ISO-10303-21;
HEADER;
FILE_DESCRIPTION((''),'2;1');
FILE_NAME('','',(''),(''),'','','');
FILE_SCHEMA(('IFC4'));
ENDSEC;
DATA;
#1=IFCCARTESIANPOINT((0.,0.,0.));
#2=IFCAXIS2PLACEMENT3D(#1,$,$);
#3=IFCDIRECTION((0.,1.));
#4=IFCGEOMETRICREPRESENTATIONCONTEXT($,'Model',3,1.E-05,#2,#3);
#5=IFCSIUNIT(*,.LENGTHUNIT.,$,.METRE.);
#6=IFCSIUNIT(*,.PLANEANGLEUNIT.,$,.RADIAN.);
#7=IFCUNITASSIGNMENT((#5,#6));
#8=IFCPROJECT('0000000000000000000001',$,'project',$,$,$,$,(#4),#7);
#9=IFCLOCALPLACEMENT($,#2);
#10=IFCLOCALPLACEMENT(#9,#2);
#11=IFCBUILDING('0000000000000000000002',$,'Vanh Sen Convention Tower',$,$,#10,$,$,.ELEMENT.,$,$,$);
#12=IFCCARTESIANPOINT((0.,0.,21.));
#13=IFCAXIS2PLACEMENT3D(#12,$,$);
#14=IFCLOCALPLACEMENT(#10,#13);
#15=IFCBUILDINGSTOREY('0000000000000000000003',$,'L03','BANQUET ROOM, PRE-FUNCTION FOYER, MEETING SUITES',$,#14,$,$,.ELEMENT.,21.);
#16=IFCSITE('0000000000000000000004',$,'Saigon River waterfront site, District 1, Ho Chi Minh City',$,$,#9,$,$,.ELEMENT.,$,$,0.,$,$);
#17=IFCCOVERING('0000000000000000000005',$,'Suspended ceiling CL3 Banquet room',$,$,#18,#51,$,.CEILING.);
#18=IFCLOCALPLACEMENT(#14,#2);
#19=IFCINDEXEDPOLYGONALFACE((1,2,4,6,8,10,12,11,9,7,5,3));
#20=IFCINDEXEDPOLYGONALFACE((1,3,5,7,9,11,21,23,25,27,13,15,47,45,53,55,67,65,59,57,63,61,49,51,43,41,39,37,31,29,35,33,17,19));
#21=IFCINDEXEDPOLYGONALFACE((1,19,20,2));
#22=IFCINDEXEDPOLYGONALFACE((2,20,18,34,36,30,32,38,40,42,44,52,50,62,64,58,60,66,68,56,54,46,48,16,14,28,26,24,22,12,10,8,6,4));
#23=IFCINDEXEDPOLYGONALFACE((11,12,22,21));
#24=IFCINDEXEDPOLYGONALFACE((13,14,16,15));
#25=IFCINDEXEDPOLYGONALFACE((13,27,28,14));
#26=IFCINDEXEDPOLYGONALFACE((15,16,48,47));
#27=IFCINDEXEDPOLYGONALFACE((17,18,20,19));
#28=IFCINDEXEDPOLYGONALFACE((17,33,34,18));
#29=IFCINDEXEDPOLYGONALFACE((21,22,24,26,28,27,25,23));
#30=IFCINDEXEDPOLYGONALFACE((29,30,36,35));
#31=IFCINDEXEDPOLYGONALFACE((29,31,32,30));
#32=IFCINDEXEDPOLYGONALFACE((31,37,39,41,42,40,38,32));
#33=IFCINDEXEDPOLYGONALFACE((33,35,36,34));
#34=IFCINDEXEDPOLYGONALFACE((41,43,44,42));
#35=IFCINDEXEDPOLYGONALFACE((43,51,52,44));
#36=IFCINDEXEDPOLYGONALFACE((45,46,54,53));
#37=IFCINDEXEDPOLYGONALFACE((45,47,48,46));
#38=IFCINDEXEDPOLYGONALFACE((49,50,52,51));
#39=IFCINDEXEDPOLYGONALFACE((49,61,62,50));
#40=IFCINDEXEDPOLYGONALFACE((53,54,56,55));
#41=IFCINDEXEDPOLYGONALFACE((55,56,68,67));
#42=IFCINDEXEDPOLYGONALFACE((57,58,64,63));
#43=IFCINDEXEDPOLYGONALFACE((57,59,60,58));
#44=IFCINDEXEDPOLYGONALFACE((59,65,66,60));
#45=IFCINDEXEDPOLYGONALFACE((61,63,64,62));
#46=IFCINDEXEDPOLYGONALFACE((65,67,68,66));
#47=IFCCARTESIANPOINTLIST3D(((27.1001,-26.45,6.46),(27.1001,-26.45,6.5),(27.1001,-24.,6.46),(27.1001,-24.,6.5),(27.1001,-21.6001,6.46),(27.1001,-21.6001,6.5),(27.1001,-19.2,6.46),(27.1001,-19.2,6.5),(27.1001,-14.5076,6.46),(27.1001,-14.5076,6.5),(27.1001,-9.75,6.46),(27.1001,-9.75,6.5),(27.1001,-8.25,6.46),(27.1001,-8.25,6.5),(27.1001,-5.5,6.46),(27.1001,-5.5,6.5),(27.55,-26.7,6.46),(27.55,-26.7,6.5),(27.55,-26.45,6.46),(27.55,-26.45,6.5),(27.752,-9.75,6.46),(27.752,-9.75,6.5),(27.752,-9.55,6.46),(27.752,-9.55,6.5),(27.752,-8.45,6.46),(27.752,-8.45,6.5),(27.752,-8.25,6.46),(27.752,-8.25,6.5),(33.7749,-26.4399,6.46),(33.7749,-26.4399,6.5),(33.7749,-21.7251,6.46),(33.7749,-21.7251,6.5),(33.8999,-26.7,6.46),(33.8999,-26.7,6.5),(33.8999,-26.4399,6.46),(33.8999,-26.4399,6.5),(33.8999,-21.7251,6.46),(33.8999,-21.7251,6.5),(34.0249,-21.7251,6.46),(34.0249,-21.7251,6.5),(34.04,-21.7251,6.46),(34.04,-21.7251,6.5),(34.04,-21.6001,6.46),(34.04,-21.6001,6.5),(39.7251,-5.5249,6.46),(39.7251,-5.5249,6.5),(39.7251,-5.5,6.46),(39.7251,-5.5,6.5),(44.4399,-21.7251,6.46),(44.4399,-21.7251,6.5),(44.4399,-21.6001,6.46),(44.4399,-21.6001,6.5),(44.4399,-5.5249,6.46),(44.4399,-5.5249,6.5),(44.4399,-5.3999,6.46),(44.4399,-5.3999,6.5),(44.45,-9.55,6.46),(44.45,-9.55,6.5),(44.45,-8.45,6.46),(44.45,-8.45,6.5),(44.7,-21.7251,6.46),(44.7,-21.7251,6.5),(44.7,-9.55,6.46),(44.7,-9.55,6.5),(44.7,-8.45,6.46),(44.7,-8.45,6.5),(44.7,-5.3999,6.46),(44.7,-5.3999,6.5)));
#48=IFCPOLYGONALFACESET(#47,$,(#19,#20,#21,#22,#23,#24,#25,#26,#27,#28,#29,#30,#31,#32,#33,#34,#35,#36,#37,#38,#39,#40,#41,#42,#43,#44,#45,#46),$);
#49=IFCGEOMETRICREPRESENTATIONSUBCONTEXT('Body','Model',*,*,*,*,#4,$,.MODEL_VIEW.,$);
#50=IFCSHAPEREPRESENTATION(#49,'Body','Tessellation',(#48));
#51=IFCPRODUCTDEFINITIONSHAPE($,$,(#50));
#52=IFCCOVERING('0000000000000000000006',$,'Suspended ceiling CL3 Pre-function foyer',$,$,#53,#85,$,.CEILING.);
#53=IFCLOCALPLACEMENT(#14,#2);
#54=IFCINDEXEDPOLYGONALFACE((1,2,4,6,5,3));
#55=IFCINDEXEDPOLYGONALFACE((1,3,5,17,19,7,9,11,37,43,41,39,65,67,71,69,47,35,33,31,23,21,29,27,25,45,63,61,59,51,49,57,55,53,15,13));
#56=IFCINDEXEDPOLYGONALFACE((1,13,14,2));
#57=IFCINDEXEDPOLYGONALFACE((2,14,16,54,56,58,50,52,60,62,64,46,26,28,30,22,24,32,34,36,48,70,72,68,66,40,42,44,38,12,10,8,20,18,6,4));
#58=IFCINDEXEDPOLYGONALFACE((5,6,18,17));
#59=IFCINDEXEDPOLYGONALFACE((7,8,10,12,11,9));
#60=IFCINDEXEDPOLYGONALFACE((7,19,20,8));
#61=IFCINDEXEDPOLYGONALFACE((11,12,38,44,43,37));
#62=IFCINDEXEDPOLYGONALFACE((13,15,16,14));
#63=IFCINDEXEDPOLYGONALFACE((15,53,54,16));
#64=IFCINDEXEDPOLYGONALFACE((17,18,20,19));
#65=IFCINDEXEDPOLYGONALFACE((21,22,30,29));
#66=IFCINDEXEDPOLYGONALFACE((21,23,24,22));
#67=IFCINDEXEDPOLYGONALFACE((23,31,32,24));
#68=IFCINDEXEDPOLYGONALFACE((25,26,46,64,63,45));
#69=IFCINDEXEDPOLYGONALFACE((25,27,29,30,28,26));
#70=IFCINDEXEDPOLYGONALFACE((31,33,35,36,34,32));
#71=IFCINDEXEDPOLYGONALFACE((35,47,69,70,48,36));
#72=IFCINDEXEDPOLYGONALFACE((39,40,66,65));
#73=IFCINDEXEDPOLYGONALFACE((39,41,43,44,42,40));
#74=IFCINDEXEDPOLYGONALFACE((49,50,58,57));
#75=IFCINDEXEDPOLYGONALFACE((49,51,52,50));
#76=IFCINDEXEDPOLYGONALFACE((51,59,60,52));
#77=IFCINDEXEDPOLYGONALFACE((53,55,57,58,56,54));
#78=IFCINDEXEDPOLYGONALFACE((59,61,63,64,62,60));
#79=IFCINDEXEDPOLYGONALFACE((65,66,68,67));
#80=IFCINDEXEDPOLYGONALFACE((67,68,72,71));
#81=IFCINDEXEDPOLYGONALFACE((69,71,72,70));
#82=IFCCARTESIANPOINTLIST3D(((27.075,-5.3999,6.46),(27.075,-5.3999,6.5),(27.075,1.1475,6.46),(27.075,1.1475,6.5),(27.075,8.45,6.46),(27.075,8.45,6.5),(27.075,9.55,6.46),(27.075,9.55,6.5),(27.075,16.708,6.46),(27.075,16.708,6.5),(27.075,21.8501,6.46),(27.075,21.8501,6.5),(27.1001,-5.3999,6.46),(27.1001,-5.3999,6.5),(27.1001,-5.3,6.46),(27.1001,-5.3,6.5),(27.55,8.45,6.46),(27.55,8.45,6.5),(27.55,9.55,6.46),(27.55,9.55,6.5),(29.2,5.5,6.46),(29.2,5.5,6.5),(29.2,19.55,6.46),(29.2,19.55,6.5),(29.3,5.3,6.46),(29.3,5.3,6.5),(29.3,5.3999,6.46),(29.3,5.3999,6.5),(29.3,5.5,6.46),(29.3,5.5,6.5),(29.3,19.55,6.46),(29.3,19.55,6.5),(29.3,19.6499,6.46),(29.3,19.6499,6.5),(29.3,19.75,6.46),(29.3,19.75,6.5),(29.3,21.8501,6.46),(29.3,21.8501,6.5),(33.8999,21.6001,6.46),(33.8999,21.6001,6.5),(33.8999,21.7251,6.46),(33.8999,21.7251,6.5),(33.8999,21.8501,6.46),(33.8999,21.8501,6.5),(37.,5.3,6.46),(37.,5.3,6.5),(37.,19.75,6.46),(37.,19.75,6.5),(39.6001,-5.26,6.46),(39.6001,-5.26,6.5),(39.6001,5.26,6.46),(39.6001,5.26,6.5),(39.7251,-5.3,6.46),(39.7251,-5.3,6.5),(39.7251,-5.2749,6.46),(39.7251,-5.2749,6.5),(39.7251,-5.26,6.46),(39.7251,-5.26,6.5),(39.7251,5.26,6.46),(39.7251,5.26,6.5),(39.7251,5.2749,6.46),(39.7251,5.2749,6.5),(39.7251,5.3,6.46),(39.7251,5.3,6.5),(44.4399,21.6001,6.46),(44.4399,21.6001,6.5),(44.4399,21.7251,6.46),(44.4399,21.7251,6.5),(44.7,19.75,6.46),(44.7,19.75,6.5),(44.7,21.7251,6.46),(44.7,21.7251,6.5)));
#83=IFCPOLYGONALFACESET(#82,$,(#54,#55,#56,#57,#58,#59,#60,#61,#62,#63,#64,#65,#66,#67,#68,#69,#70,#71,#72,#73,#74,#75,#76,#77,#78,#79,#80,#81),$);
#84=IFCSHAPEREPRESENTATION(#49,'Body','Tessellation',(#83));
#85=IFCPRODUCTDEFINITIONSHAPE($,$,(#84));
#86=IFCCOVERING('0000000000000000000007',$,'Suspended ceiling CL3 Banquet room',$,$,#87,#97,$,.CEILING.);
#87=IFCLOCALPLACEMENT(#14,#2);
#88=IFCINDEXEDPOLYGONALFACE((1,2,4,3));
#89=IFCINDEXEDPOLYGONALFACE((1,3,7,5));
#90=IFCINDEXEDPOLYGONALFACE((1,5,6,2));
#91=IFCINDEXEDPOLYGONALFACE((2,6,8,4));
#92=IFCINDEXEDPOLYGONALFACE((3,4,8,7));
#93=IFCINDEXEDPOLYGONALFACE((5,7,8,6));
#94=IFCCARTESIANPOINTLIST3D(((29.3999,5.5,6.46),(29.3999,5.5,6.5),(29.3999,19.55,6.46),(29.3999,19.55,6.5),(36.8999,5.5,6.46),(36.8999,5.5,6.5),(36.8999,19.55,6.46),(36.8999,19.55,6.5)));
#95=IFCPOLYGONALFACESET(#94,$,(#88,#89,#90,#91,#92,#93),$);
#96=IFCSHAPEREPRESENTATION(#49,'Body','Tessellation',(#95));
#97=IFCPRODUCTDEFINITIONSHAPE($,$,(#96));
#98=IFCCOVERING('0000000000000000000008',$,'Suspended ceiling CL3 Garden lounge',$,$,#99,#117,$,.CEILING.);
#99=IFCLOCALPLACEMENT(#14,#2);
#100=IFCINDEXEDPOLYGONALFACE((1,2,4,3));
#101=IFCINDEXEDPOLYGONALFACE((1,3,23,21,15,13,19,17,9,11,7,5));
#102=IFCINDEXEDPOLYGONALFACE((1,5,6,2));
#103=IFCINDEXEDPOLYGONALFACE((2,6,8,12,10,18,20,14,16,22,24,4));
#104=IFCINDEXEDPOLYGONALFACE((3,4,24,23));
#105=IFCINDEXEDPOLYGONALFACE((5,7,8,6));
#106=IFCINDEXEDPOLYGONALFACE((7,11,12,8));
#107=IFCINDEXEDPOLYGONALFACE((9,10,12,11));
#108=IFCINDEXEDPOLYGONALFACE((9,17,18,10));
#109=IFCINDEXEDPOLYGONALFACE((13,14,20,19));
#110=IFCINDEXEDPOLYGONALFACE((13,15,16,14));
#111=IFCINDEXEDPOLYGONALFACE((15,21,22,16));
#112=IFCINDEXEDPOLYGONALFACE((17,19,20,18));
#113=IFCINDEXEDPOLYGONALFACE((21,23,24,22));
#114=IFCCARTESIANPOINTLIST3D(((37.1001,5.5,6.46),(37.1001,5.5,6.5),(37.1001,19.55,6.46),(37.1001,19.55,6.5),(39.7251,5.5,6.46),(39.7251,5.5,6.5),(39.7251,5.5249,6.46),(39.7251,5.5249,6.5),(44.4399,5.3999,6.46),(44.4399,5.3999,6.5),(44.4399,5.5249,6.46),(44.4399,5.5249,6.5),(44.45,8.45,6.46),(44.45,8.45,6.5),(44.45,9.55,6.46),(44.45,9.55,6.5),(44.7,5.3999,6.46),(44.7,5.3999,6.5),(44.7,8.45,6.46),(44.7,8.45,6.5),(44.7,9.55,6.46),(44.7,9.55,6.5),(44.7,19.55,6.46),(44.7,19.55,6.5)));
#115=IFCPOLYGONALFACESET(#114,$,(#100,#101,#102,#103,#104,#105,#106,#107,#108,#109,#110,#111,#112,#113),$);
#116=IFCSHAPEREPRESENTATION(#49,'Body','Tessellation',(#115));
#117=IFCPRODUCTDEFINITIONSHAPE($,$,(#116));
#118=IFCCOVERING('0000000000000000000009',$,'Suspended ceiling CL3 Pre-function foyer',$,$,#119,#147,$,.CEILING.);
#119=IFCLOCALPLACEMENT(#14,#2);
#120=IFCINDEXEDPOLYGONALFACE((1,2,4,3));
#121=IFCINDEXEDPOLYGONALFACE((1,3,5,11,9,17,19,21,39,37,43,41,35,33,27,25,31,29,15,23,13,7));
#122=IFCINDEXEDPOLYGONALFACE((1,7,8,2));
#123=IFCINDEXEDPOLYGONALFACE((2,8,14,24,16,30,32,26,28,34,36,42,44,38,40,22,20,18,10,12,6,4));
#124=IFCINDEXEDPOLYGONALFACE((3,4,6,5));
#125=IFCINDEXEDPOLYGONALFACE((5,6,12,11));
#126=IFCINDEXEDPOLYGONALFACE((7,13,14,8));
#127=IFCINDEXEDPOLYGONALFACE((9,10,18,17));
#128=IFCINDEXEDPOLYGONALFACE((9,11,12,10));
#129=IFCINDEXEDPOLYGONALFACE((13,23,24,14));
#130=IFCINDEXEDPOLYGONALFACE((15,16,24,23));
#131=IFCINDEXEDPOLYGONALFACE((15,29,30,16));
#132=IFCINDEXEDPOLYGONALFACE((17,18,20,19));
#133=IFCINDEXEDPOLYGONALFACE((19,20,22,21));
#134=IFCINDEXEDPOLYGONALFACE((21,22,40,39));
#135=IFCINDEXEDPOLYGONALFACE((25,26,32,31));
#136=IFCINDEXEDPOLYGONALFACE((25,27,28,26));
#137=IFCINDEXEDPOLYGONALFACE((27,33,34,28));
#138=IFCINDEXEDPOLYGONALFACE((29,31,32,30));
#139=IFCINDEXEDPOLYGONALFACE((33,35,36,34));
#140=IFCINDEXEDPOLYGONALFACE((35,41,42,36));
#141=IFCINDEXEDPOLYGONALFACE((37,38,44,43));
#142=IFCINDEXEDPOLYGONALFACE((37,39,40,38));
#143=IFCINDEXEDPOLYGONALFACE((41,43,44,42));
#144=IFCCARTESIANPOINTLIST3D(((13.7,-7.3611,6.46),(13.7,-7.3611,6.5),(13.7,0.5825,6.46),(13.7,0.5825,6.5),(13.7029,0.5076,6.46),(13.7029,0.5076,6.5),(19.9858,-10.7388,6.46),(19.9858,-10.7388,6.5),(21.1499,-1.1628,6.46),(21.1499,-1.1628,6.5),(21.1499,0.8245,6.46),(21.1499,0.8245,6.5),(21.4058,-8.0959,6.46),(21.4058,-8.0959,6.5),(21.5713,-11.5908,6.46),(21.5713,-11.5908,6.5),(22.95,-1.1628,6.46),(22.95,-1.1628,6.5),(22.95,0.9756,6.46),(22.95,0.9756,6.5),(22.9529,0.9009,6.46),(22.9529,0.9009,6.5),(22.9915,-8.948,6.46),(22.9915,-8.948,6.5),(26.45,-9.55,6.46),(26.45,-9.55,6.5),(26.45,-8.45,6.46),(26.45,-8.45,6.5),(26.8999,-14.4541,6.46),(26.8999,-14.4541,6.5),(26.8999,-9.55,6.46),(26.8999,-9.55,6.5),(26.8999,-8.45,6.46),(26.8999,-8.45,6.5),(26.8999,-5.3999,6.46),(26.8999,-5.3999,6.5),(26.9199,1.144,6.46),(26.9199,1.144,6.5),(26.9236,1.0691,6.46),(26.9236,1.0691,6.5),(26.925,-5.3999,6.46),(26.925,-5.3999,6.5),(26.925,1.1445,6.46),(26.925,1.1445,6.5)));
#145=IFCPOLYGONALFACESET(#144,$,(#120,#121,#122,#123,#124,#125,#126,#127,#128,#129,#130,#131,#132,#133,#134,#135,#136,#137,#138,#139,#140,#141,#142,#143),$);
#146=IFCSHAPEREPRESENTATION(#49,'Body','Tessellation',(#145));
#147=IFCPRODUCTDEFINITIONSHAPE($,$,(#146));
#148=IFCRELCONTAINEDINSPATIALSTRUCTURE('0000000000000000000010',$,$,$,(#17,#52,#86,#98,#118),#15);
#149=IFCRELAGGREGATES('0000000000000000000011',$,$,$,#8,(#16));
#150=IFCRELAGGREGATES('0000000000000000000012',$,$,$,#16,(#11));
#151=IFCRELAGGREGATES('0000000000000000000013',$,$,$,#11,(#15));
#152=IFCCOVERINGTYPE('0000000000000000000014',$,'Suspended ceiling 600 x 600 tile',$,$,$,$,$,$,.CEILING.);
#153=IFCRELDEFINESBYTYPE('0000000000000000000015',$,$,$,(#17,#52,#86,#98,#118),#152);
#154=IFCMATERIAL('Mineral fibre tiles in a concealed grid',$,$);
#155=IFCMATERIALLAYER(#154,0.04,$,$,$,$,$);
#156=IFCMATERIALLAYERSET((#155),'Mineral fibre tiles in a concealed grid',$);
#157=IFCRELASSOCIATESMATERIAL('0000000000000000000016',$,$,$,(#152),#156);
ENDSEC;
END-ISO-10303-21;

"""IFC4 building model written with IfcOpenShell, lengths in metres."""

from ifc_helpers import new_model, si_unit, direction, frame, origin, place, context, subcontext, project, spatial, polyline, outline, extrude, material, layer, layer_set, type_object, element, save


model = new_model("IFC4")

# Units and contexts
model_context = context("Model", 3, precision=1e-05, world=origin(), true_north=direction((0.0, 1.0)))
body_context = subcontext(model_context, "Body", "Model", "MODEL_VIEW")
ifc_project = project(units=[si_unit("LENGTHUNIT", "METRE"), si_unit("PLANEANGLEUNIT", "RADIAN")], contexts=[model_context])

# Site, building, storey
site_placement = place(None, origin())
site = spatial("IfcSite", under=ifc_project, at=site_placement, Name="Saigon River waterfront site, District 1, Ho Chi Minh City", CompositionType="ELEMENT", RefElevation=0.0)
building_placement = place(site_placement, origin())
building = spatial("IfcBuilding", under=site, at=building_placement, Name="Vanh Sen Convention Tower", CompositionType="ELEMENT")
storey_placement = place(building_placement, frame((0.0, 0.0, 21.0)))
storey = spatial("IfcBuildingStorey", under=building, at=storey_placement, Name="L03", Description="BANQUET ROOM, PRE-FUNCTION FOYER, MEETING SUITES", CompositionType="ELEMENT", Elevation=21.0)

# Coverings
ifc_material_1 = material(Name="Mineral fibre tiles in a concealed grid")
ifc_layer_1 = layer(ifc_material_1, 0.04)
ifc_layer_set_1 = layer_set([ifc_layer_1], Name="Mineral fibre tiles in a concealed grid")
covering_type = type_object("IfcCoveringType", Name="Suspended ceiling 600 x 600 tile", PredefinedType="CEILING", material=ifc_layer_set_1)
covering_1_placement = place(storey_placement, frame((0.0, 0.0, 6.46)))
element("IfcCovering", 1, at=covering_1_placement, inside=storey, type_object=covering_type, Name="Suspended ceiling CL3 Banquet room", PredefinedType="CEILING", context=body_context, shape_type="SweptSolid", body=[
    extrude(outline(polyline([(44.7, -21.7251), (44.7, -9.55), (44.45, -9.55), (44.45, -8.45), (44.7, -8.45), (44.7, -5.3999), (44.4399, -5.3999), (44.4399, -5.5249), (39.7251, -5.5249), (39.7251, -5.5), (27.1001, -5.5), (27.1001, -8.25), (27.752, -8.25), (27.752, -8.45), (27.752, -9.55), (27.752, -9.75), (27.1001, -9.75), (27.1001, -14.5076), (27.1001, -19.2), (27.1001, -21.6001), (27.1001, -24.0), (27.1001, -26.45), (27.55, -26.45), (27.55, -26.7), (33.8999, -26.7), (33.8999, -26.4399), (33.7749, -26.4399), (33.7749, -21.7251), (33.8999, -21.7251), (34.0249, -21.7251), (34.04, -21.7251), (34.04, -21.6001), (44.4399, -21.6001), (44.4399, -21.7251), (44.7, -21.7251)])), origin(), (0.0, 0.0, 1.0), 0.04),
])
covering_2_placement = place(storey_placement, frame((0.0, 0.0, 6.46)))
element("IfcCovering", 2, at=covering_2_placement, inside=storey, type_object=covering_type, Name="Suspended ceiling CL3 Pre-function foyer", PredefinedType="CEILING", context=body_context, shape_type="SweptSolid", body=[
    extrude(outline(polyline([(33.8999, 21.8501), (29.3, 21.8501), (27.075, 21.8501), (27.075, 16.708), (27.075, 9.55), (27.55, 9.55), (27.55, 8.45), (27.075, 8.45), (27.075, 1.1475), (27.075, -5.3999), (27.1001, -5.3999), (27.1001, -5.3), (39.7251, -5.3), (39.7251, -5.2749), (39.7251, -5.26), (39.6001, -5.26), (39.6001, 5.26), (39.7251, 5.26), (39.7251, 5.2749), (39.7251, 5.3), (37.0, 5.3), (29.3, 5.3), (29.3, 5.3999), (29.3, 5.5), (29.2, 5.5), (29.2, 19.55), (29.3, 19.55), (29.3, 19.6499), (29.3, 19.75), (37.0, 19.75), (44.7, 19.75), (44.7, 21.7251), (44.4399, 21.7251), (44.4399, 21.6001), (33.8999, 21.6001), (33.8999, 21.7251), (33.8999, 21.8501)])), origin(), (0.0, 0.0, 1.0), 0.04),
])
covering_3_placement = place(storey_placement, frame((0.0, 0.0, 6.46)))
element("IfcCovering", 3, at=covering_3_placement, inside=storey, type_object=covering_type, Name="Suspended ceiling CL3 Banquet room", PredefinedType="CEILING", context=body_context, shape_type="SweptSolid", body=[
    extrude(outline(polyline([(36.8999, 19.55), (29.3999, 19.55), (29.3999, 5.5), (36.8999, 5.5), (36.8999, 19.55)])), origin(), (0.0, 0.0, 1.0), 0.04),
])
covering_4_placement = place(storey_placement, frame((0.0, 0.0, 6.46)))
element("IfcCovering", 4, at=covering_4_placement, inside=storey, type_object=covering_type, Name="Suspended ceiling CL3 Garden lounge", PredefinedType="CEILING", context=body_context, shape_type="SweptSolid", body=[
    extrude(outline(polyline([(44.4399, 5.3999), (44.7, 5.3999), (44.7, 8.45), (44.45, 8.45), (44.45, 9.55), (44.7, 9.55), (44.7, 19.55), (37.1001, 19.55), (37.1001, 5.5), (39.7251, 5.5), (39.7251, 5.5249), (44.4399, 5.5249), (44.4399, 5.3999)])), origin(), (0.0, 0.0, 1.0), 0.04),
])
covering_5_placement = place(storey_placement, frame((0.0, 0.0, 6.46)))
element("IfcCovering", 5, at=covering_5_placement, inside=storey, type_object=covering_type, Name="Suspended ceiling CL3 Pre-function foyer", PredefinedType="CEILING", context=body_context, shape_type="SweptSolid", body=[
    extrude(outline(polyline([(13.7, 0.5825), (13.7, -7.3611), (19.9858, -10.7388), (21.4058, -8.0959), (22.9915, -8.948), (21.5713, -11.5908), (26.8999, -14.4541), (26.8999, -9.55), (26.45, -9.55), (26.45, -8.45), (26.8999, -8.45), (26.8999, -5.3999), (26.925, -5.3999), (26.925, 1.1445), (26.9199, 1.144), (26.9236, 1.0691), (22.9529, 0.9009), (22.95, 0.9756), (22.95, -1.1628), (21.1499, -1.1628), (21.1499, 0.8245), (13.7029, 0.5076), (13.7, 0.5825)])), origin(), (0.0, 0.0, 1.0), 0.04),
])

save(model, "model.ifc")
